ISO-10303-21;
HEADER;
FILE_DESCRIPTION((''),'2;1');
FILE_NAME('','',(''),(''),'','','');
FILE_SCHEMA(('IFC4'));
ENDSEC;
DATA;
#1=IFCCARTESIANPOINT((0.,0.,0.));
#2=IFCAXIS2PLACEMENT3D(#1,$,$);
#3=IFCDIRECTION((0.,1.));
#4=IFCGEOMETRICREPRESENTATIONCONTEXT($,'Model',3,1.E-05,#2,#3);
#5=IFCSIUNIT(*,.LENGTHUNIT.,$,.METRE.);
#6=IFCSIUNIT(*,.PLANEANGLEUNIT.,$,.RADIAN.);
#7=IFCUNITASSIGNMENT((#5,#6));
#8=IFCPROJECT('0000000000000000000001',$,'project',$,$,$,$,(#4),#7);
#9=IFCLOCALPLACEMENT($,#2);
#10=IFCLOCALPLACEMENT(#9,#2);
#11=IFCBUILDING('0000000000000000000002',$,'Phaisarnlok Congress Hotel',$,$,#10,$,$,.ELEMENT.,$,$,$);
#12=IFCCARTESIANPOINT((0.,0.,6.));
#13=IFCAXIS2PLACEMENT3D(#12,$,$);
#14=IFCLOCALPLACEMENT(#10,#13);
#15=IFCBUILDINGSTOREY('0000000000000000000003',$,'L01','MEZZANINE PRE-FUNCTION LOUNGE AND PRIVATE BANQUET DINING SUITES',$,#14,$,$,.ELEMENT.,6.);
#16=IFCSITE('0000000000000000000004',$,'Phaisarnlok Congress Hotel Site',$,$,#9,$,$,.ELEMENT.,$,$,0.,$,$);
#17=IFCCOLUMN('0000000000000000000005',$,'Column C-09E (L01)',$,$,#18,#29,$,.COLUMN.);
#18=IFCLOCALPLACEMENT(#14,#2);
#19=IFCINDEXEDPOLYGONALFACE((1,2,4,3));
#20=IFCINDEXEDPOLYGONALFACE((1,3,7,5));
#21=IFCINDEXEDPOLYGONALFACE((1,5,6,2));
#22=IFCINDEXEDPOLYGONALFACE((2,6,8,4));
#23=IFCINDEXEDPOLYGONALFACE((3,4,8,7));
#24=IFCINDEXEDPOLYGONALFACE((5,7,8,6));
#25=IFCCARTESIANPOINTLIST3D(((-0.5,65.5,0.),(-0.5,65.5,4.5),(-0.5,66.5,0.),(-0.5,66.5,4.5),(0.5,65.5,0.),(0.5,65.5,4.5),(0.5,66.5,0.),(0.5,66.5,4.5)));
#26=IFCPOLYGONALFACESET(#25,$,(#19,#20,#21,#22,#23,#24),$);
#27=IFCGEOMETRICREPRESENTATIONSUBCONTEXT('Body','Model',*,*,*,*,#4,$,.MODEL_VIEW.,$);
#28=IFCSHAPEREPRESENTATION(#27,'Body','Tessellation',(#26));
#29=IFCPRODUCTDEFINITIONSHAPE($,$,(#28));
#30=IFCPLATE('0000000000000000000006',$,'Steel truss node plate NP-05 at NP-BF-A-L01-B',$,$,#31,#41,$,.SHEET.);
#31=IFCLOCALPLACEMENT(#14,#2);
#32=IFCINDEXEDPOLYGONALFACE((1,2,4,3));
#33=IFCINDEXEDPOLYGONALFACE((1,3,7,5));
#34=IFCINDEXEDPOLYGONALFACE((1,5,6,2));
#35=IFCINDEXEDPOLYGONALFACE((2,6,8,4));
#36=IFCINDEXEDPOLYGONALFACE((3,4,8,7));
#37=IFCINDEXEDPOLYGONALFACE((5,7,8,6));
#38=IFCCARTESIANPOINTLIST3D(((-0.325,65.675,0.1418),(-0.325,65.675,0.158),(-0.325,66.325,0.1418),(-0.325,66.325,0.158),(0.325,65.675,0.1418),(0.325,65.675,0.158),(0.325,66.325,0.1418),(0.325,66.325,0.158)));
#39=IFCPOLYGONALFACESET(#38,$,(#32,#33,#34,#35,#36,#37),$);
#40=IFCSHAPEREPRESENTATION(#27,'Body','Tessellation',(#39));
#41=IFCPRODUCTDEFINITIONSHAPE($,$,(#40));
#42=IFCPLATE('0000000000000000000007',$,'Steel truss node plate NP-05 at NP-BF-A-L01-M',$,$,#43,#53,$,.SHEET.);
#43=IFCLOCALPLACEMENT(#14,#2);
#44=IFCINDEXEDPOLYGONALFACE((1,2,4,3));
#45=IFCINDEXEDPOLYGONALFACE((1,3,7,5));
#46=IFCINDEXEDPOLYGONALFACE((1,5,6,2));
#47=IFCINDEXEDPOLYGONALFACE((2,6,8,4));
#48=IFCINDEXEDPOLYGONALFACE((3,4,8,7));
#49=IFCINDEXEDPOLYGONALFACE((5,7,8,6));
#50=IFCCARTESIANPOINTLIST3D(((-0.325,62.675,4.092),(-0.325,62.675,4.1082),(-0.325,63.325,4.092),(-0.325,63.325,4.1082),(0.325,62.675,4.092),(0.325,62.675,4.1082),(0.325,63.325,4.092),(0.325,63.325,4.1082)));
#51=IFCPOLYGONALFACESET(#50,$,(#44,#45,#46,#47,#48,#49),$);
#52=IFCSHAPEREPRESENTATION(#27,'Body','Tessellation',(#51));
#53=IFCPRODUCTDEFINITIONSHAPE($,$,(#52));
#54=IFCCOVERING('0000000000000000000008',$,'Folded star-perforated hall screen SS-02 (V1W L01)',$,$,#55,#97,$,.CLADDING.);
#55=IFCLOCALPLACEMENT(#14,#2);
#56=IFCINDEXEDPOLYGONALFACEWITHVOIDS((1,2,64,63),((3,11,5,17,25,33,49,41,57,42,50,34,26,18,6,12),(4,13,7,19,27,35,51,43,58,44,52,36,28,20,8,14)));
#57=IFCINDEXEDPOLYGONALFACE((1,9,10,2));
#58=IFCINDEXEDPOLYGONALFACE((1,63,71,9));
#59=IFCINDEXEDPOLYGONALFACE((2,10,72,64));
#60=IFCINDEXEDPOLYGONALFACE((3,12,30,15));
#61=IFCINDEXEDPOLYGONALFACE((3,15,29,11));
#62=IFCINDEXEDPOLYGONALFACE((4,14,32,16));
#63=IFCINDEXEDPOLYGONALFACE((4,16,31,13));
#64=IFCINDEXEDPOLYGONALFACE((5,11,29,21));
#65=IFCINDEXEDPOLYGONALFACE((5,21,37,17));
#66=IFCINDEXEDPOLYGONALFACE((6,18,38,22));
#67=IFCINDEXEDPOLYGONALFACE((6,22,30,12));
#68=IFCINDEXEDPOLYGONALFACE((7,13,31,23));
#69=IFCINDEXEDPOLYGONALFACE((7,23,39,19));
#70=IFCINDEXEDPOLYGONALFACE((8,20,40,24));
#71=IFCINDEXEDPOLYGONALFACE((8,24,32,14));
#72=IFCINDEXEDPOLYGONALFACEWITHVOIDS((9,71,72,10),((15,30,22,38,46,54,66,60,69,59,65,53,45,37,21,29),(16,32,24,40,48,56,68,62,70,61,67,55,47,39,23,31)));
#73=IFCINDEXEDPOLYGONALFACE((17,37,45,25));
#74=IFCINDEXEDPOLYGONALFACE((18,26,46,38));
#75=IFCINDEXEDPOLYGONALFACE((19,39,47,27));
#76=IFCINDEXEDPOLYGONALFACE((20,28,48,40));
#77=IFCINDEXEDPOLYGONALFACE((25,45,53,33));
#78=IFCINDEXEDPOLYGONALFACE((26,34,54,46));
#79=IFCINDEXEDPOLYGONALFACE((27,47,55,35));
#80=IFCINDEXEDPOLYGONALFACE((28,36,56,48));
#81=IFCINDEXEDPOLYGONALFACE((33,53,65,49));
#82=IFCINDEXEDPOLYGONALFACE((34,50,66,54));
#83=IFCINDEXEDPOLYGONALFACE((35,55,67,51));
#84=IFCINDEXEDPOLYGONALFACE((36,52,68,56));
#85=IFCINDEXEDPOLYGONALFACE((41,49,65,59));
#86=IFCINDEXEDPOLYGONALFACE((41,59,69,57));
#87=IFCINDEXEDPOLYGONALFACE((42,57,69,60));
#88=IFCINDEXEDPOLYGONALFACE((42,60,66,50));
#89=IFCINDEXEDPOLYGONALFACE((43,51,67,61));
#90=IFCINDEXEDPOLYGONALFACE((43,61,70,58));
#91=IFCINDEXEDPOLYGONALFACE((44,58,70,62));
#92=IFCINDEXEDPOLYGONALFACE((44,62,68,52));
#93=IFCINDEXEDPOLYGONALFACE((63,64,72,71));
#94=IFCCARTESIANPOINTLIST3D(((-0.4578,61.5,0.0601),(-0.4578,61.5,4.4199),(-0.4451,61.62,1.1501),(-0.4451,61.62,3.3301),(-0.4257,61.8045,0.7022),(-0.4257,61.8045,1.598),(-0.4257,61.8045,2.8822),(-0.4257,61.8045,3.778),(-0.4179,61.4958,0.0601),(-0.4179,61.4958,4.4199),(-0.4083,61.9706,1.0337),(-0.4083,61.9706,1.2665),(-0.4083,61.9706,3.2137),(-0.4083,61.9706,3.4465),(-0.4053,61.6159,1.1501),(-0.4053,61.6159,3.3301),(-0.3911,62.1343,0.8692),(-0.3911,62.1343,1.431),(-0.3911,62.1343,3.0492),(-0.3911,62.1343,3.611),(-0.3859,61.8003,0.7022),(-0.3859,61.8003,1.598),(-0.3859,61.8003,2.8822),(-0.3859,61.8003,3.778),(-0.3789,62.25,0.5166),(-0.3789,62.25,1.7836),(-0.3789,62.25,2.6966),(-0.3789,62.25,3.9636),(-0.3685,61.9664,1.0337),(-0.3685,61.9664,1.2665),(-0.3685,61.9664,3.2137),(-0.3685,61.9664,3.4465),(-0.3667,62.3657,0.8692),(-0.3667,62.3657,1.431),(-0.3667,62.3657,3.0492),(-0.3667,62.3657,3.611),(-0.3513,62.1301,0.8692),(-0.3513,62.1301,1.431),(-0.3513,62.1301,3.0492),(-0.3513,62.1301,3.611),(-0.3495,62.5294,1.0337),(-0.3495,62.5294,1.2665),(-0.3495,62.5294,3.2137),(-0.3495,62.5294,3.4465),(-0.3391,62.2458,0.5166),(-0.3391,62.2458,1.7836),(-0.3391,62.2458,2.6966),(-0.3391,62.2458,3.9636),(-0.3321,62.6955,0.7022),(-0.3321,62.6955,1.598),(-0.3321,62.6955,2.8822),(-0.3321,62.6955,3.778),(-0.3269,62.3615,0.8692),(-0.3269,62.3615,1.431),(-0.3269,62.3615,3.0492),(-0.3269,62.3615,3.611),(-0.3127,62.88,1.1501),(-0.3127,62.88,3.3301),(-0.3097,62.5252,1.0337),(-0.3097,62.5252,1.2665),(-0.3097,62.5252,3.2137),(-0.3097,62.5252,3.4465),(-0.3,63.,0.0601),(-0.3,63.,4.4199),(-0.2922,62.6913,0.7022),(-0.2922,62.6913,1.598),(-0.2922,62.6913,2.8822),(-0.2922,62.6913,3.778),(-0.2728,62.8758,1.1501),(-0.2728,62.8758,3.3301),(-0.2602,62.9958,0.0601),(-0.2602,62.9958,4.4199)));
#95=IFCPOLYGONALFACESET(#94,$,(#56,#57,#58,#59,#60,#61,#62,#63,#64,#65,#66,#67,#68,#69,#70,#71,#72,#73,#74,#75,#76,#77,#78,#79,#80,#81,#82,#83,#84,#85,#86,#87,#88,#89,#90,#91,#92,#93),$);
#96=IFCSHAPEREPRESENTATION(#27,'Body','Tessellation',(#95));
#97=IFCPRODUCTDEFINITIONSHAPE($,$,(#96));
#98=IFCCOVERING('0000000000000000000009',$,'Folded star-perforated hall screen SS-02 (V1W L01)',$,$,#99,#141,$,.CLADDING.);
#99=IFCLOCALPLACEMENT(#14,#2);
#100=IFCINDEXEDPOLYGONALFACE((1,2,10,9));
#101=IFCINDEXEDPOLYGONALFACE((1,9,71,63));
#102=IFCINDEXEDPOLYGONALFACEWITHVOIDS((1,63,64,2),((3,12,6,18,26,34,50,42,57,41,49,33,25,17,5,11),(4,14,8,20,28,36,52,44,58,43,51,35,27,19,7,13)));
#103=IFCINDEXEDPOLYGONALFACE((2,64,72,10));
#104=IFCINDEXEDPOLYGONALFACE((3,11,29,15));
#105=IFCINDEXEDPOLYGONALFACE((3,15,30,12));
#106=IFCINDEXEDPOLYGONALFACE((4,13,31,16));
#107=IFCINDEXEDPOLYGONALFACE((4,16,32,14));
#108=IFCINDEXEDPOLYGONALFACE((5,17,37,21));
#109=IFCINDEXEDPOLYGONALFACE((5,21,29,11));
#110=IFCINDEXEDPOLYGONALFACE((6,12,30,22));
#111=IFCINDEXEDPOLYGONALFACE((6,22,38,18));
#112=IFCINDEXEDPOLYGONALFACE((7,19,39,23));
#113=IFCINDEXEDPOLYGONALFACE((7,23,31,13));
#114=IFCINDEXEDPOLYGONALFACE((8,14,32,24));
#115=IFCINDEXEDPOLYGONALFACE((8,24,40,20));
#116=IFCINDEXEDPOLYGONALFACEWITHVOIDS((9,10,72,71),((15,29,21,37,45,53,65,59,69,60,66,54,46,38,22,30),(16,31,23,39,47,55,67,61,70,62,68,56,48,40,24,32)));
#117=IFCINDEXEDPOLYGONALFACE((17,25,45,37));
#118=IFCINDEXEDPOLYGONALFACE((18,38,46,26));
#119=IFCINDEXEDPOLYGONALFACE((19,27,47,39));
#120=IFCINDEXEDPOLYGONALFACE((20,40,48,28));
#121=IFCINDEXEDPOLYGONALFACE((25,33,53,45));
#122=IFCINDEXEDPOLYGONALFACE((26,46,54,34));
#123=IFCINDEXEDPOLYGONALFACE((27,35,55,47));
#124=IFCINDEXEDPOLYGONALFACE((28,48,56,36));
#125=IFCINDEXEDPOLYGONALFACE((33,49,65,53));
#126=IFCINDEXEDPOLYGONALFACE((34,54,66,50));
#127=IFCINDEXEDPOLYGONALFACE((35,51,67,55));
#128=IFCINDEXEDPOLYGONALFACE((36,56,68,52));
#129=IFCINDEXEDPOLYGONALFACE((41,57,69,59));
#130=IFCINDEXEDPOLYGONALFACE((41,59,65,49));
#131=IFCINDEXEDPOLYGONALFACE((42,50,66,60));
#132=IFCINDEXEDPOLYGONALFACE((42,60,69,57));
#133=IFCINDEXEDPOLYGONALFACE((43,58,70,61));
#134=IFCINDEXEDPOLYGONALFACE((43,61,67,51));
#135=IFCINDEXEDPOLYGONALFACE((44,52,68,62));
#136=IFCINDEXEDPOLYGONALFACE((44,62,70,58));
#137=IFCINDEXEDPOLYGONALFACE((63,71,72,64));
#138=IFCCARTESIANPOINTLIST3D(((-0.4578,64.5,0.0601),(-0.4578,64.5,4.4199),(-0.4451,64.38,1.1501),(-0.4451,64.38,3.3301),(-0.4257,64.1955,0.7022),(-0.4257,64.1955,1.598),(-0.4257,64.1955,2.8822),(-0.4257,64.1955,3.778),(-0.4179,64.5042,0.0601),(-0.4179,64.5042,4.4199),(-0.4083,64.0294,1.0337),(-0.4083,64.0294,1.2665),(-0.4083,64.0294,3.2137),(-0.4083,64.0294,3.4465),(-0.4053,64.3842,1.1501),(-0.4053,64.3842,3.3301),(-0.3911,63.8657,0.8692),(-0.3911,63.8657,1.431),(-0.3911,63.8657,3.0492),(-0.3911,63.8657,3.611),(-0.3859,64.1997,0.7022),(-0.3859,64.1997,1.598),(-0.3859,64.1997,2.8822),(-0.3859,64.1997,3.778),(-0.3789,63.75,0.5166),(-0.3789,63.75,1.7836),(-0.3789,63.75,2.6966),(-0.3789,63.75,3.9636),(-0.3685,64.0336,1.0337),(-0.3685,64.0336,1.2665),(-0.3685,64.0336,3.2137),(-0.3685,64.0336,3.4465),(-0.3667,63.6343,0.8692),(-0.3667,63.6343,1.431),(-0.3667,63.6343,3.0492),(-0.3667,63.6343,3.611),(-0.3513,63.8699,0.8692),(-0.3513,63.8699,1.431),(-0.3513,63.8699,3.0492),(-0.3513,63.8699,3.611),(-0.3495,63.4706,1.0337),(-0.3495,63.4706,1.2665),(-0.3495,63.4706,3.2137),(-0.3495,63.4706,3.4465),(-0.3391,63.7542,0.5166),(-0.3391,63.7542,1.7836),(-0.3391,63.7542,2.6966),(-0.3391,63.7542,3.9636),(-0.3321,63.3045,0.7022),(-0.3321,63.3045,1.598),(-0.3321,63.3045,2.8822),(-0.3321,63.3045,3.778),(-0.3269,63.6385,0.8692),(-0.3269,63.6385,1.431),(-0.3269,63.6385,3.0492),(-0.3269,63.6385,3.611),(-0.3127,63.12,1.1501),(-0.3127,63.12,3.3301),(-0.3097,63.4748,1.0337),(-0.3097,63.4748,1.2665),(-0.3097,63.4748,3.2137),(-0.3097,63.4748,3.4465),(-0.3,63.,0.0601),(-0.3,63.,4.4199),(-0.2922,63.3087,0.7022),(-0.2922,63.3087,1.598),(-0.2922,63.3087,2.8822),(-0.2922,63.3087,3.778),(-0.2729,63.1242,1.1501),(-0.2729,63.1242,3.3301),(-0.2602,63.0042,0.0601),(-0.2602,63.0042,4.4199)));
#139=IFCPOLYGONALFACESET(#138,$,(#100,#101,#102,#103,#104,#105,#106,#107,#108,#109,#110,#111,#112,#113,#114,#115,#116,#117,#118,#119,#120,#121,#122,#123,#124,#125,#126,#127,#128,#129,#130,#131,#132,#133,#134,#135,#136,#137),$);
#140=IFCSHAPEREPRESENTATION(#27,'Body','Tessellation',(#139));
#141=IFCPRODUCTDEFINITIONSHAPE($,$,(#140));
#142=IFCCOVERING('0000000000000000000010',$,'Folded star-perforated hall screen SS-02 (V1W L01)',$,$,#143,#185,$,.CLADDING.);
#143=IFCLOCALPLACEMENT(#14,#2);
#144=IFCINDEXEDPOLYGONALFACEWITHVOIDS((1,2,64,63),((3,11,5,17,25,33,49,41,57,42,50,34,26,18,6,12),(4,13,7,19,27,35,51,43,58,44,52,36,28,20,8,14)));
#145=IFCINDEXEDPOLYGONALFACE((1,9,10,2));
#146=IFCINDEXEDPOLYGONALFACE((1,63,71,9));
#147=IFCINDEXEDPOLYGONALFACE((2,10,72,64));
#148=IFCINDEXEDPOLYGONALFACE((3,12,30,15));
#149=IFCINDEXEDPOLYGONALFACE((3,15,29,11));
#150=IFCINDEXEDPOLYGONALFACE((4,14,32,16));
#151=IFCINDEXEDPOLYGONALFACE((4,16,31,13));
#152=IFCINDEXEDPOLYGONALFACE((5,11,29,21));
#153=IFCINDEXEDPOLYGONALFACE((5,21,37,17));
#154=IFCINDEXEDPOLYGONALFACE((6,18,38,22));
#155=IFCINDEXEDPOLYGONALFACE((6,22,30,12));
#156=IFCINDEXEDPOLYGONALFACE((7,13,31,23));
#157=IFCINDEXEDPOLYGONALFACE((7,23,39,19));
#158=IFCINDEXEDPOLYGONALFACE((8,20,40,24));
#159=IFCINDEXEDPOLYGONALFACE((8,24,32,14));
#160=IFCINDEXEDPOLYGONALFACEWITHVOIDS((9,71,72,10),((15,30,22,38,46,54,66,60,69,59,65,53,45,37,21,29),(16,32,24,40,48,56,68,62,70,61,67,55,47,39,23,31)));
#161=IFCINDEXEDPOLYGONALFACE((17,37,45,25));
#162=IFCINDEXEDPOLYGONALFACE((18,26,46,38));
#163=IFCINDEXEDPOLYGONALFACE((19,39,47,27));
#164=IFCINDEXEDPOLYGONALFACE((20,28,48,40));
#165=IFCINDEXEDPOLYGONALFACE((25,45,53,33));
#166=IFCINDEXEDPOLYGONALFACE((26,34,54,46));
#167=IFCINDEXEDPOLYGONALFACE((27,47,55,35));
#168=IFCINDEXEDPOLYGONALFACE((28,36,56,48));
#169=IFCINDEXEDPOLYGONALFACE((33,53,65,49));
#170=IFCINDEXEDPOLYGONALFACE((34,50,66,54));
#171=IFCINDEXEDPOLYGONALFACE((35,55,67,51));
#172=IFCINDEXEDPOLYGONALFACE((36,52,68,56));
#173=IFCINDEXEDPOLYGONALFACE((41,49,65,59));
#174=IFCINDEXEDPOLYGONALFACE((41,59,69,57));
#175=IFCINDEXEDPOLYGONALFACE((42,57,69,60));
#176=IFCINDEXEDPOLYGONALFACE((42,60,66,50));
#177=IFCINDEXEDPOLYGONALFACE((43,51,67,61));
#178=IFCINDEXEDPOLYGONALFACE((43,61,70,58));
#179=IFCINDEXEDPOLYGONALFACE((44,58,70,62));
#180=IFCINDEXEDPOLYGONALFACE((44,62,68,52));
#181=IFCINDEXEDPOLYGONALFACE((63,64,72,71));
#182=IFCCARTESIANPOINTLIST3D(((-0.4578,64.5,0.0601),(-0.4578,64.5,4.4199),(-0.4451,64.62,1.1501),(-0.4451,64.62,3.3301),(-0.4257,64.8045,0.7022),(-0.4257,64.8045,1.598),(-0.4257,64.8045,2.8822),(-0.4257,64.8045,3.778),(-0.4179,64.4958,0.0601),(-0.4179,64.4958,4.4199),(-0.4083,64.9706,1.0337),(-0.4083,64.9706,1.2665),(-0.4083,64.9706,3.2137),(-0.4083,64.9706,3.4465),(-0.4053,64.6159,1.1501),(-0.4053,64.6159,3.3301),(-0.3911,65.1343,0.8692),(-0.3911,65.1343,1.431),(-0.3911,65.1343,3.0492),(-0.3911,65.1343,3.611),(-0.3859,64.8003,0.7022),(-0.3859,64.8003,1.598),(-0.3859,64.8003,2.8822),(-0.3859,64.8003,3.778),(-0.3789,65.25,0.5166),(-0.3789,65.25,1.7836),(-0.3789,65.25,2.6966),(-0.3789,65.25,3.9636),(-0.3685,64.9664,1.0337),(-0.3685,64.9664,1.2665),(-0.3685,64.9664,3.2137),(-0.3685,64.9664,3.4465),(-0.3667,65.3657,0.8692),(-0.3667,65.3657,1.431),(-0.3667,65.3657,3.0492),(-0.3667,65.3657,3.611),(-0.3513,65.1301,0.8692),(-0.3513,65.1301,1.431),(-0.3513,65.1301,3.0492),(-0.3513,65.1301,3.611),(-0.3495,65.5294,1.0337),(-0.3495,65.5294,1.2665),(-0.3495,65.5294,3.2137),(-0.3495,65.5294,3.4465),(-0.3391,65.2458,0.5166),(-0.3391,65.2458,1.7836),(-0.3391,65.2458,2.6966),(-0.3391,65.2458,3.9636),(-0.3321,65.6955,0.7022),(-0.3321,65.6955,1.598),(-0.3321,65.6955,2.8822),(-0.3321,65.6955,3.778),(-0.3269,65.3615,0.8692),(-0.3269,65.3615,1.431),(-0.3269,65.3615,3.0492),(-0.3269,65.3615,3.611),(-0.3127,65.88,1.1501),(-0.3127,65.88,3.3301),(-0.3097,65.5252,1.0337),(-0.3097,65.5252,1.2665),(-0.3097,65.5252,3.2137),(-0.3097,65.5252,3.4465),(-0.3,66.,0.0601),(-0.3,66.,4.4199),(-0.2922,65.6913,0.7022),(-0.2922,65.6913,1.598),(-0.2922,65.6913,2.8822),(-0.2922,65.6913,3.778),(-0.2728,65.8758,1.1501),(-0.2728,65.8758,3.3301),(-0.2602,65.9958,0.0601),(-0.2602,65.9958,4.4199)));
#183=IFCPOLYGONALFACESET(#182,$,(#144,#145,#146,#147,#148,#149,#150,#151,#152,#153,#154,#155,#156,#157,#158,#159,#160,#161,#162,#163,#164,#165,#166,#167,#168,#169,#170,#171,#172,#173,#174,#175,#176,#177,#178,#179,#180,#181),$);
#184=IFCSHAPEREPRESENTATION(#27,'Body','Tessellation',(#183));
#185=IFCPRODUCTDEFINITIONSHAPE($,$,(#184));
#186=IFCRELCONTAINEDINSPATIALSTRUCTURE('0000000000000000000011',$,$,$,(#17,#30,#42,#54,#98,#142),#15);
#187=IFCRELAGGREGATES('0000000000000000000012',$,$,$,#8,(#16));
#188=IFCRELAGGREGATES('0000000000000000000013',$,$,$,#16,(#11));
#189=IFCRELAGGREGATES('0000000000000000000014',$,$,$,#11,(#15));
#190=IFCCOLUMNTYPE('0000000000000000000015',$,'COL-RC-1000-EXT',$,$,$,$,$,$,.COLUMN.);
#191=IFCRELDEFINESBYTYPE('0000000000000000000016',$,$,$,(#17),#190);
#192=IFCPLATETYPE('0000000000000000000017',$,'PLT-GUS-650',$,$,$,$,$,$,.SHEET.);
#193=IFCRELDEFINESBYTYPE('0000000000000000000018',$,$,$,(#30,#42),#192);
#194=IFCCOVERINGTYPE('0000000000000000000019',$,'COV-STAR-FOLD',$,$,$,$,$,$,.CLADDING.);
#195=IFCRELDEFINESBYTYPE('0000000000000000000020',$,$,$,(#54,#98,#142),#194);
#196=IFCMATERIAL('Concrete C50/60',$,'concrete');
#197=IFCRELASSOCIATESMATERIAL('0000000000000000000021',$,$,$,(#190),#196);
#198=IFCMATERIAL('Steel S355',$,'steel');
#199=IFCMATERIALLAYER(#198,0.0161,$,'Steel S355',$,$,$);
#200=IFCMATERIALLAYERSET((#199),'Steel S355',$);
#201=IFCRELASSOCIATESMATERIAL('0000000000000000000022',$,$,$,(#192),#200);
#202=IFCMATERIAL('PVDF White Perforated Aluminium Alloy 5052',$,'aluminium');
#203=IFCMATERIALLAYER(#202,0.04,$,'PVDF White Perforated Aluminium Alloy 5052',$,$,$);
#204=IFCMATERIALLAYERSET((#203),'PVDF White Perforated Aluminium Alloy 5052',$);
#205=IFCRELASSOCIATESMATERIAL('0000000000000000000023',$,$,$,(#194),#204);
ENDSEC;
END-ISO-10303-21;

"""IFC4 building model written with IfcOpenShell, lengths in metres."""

from ifc_helpers import new_model, si_unit, direction, frame, origin, origin_2d, place, context, subcontext, project, spatial, polyline, rectangle, outline, extrude, material, layer, layer_set, material_profile, profile_set, type_object, element, save


model = new_model("IFC4")

# Units and contexts
model_context = context("Model", 3, precision=1e-05, world=origin(), true_north=direction((0.0, 1.0)))
body_context = subcontext(model_context, "Body", "Model", "MODEL_VIEW")
ifc_project = project(units=[si_unit("LENGTHUNIT", "METRE"), si_unit("PLANEANGLEUNIT", "RADIAN")], contexts=[model_context])

# Site, building, storey
site_placement = place(None, origin())
site = spatial("IfcSite", under=ifc_project, at=site_placement, Name="Phaisarnlok Congress Hotel Site", CompositionType="ELEMENT", RefElevation=0.0)
building_placement = place(site_placement, origin())
building = spatial("IfcBuilding", under=site, at=building_placement, Name="Phaisarnlok Congress Hotel", CompositionType="ELEMENT")
storey_placement = place(building_placement, frame((0.0, 0.0, 6.0)))
storey = spatial("IfcBuildingStorey", under=building, at=storey_placement, Name="L01", Description="MEZZANINE PRE-FUNCTION LOUNGE AND PRIVATE BANQUET DINING SUITES", CompositionType="ELEMENT", Elevation=6.0)

# Column
ifc_material_1 = material(Name="Concrete C50/60", Category="concrete")
ifc_material_profile = material_profile(ifc_material_1, rectangle(XDim=1.0, YDim=1.0, at=origin_2d()), Name="RC 1000x1000")
ifc_profile_set = profile_set([ifc_material_profile], Name="Concrete C50/60")
column_type = type_object("IfcColumnType", Name="COL-RC-1000-EXT", PredefinedType="COLUMN", material=ifc_profile_set)
column_placement = place(storey_placement, frame((0.0, 66.0, 0.0), z_axis=(0.0, 0.0, 1.0), x_axis=(1.0, 0.0, 0.0)))
element("IfcColumn", 1, at=column_placement, inside=storey, type_object=column_type, Name="Column C-09E (L01)", PredefinedType="COLUMN", context=body_context, shape_type="SweptSolid", body=[
    extrude(rectangle(XDim=1.0, YDim=1.0, at=origin_2d()), origin(), (0.0, 0.0, 1.0), 4.5),
])

# Plates
ifc_material_2 = material(Name="Steel S355", Category="steel")
ifc_layer_1 = layer(ifc_material_2, 0.0161, Name="Steel S355")
ifc_layer_set_1 = layer_set([ifc_layer_1], Name="Steel S355")
plate_type = type_object("IfcPlateType", Name="PLT-GUS-650", PredefinedType="SHEET", material=ifc_layer_set_1)
for number, where, z_axis, x_axis, name in (
    (2, (0.0, 66.0, 0.1418), (0.0, 0.0, 1.0), (1.0, 0.0, 0.0), "Steel truss node plate NP-05 at NP-BF-A-L01-B"),
    (3, (0.0, 63.0, 4.092), (0.0, 0.0, 1.0), (1.0, 0.0, 0.0), "Steel truss node plate NP-05 at NP-BF-A-L01-M"),
):
    element("IfcPlate", number, at=place(storey_placement, frame(where, z_axis=z_axis, x_axis=x_axis)), inside=storey, type_object=plate_type, Name=name, PredefinedType="SHEET", context=body_context, shape_type="SweptSolid", body=[
        extrude(rectangle(XDim=0.6499, YDim=0.6499, at=origin_2d()), origin(), (0.0, 0.0, 1.0), 0.0161),
    ])

# Coverings
ifc_material_3 = material(Name="PVDF White Perforated Aluminium Alloy 5052", Category="aluminium")
ifc_layer_2 = layer(ifc_material_3, 0.04, Name="PVDF White Perforated Aluminium Alloy 5052")
ifc_layer_set_2 = layer_set([ifc_layer_2], Name="PVDF White Perforated Aluminium Alloy 5052")
covering_type = type_object("IfcCoveringType", Name="COV-STAR-FOLD", PredefinedType="CLADDING", material=ifc_layer_set_2)
for number, where, z_axis, x_axis, name in (
    (4, (-0.4578, 61.5, 0.0601), (0.994518, -0.104567, 0.0), (0.104567, 0.994518, 0.0), "Folded star-perforated hall screen SS-02 (V1W L01)"),
    (5, (-0.3, 63.0, 0.0601), (0.994518, 0.104567, 0.0), (-0.104567, 0.994518, 0.0), "Folded star-perforated hall screen SS-02 (V1W L01)"),
    (6, (-0.4578, 64.5, 0.0601), (0.994518, -0.104567, 0.0), (0.104567, 0.994518, 0.0), "Folded star-perforated hall screen SS-02 (V1W L01)"),
):
    element("IfcCovering", number, at=place(storey_placement, frame(where, z_axis=z_axis, x_axis=x_axis)), inside=storey, type_object=covering_type, Name=name, PredefinedType="CLADDING", context=body_context, shape_type="SweptSolid", body=[
        extrude(outline(polyline([(0.0, 0.0), (1.5083, 0.0), (1.5083, 4.3599), (0.0, 4.3599), (0.0, 0.0)]), holes=[polyline([(1.0351, 0.9736), (1.2021, 0.6421), (0.8705, 0.8091), (0.7541, 0.4565), (0.6378, 0.8091), (0.3062, 0.6421), (0.4732, 0.9736), (0.1207, 1.09), (0.4732, 1.2064), (0.3062, 1.5379), (0.6378, 1.3709), (0.7541, 1.7235), (0.8705, 1.3709), (1.2021, 1.5379), (1.0351, 1.2064), (1.3876, 1.09), (1.0351, 0.9736)]), polyline([(1.0351, 3.1536), (1.2021, 2.8221), (0.8705, 2.9891), (0.7541, 2.6365), (0.6378, 2.9891), (0.3062, 2.8221), (0.4732, 3.1536), (0.1207, 3.27), (0.4732, 3.3864), (0.3062, 3.7179), (0.6378, 3.5509), (0.7541, 3.9035), (0.8705, 3.5509), (1.2021, 3.7179), (1.0351, 3.3864), (1.3876, 3.27), (1.0351, 3.1536)])]), origin(), (0.0, 0.0, 1.0), 0.04),
    ])

save(model, "model.ifc")
